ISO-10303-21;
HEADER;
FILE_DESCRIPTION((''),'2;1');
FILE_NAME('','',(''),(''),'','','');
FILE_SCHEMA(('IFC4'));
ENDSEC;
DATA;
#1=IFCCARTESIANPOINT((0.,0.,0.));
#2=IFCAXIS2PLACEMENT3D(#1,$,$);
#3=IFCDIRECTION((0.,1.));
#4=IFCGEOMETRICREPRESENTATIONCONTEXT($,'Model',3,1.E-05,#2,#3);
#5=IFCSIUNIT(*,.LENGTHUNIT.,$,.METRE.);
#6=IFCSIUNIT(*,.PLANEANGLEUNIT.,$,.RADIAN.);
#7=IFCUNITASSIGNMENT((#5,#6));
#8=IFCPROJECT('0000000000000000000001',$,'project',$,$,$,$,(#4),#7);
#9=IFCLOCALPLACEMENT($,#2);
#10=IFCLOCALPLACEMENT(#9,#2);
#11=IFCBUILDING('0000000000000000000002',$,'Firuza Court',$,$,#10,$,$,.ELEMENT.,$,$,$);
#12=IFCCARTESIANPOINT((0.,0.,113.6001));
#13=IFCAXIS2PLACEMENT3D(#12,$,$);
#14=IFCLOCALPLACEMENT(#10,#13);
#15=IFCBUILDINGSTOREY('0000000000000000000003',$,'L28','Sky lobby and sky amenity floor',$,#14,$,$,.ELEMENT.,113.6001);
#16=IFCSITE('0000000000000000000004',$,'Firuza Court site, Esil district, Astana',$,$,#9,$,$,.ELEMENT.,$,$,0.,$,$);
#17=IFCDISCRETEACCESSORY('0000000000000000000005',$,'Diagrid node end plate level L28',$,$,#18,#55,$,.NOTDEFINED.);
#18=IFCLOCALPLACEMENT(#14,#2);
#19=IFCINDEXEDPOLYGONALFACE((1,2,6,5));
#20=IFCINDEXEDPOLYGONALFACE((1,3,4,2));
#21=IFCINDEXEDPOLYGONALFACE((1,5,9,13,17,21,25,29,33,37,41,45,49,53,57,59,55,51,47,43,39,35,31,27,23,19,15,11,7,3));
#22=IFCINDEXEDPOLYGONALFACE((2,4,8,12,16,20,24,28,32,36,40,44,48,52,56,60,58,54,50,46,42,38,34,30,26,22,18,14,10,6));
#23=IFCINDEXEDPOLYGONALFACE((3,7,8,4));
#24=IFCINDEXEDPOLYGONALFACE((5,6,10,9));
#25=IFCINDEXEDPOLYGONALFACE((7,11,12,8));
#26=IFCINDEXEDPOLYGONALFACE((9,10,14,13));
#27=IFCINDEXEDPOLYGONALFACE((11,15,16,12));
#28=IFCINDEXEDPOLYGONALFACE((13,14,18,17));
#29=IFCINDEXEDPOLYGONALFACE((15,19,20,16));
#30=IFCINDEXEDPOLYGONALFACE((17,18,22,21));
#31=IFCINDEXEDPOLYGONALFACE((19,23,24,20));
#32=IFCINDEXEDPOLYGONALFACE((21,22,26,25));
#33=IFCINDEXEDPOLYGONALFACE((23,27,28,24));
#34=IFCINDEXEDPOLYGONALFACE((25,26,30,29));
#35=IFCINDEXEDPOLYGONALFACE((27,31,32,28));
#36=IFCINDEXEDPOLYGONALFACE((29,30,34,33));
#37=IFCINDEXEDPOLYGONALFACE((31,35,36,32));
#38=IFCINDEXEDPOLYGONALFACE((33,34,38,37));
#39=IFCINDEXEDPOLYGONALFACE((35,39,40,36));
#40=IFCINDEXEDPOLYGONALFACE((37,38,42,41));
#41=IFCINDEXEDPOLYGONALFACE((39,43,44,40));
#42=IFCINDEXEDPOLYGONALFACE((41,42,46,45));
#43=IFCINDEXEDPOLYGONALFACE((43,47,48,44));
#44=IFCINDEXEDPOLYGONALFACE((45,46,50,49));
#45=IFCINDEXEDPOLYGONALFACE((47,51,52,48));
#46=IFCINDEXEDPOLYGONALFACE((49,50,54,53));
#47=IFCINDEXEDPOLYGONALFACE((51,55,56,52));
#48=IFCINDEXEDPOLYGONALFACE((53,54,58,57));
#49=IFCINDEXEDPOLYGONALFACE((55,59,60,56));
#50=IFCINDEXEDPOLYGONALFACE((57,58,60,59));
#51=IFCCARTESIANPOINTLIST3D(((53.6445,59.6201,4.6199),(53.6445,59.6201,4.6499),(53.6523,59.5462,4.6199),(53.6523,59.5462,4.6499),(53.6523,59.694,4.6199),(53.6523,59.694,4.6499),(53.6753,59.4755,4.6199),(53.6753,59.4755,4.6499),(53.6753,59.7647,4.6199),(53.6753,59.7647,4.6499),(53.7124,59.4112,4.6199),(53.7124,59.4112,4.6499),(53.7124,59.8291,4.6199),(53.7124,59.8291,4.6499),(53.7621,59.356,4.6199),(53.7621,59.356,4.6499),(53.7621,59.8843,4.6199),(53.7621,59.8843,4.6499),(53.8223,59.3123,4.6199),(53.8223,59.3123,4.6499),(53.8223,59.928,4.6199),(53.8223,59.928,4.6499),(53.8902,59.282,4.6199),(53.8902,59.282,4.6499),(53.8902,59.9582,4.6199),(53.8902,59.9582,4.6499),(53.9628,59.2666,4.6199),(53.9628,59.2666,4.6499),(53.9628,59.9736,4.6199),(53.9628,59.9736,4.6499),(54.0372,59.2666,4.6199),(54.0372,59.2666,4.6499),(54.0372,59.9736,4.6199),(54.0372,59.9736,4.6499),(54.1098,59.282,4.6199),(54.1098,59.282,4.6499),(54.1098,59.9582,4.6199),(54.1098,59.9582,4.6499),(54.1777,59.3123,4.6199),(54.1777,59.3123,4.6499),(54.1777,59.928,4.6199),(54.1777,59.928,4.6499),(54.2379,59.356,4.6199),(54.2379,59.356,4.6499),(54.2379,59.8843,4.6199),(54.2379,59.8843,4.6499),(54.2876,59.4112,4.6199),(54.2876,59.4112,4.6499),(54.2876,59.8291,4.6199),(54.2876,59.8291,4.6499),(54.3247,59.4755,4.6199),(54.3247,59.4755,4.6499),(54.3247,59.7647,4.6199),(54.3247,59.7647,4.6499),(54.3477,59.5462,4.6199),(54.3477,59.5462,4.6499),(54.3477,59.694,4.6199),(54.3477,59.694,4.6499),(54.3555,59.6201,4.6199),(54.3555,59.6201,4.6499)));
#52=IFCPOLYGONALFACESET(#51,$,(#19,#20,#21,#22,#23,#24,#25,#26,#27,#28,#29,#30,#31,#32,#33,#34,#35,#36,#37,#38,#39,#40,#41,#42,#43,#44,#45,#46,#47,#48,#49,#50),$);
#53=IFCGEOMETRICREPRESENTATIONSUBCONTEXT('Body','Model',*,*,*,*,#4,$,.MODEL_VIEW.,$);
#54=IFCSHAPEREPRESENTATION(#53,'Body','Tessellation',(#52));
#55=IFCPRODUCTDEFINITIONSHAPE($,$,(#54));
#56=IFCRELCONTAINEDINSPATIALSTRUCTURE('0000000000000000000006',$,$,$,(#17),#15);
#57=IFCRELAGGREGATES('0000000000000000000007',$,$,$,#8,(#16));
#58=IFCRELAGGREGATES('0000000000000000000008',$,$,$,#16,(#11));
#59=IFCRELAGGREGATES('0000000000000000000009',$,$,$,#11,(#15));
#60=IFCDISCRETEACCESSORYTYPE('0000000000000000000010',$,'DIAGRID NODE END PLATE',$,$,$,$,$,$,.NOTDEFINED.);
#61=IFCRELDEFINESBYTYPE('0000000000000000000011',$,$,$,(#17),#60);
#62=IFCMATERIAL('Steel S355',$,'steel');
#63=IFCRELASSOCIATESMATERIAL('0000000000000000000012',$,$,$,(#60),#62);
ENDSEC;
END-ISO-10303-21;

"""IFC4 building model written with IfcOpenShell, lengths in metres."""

from ifc_helpers import new_model, si_unit, direction, frame, origin, origin_2d, place, context, subcontext, project, spatial, circle, extrude, material, material_profile, profile_set, type_object, element, save


model = new_model("IFC4")

# Units and contexts
model_context = context("Model", 3, precision=1e-05, world=origin(), true_north=direction((0.0, 1.0)))
body_context = subcontext(model_context, "Body", "Model", "MODEL_VIEW")
ifc_project = project(units=[si_unit("LENGTHUNIT", "METRE"), si_unit("PLANEANGLEUNIT", "RADIAN")], contexts=[model_context])

# Site, building, storey
site_placement = place(None, origin())
site = spatial("IfcSite", under=ifc_project, at=site_placement, Name="Firuza Court site, Esil district, Astana", CompositionType="ELEMENT", RefElevation=0.0)
building_placement = place(site_placement, origin())
building = spatial("IfcBuilding", under=site, at=building_placement, Name="Firuza Court", CompositionType="ELEMENT")
storey_placement = place(building_placement, frame((0.0, 0.0, 113.6001)))
storey = spatial("IfcBuildingStorey", under=building, at=storey_placement, Name="L28", Description="Sky lobby and sky amenity floor", CompositionType="ELEMENT", Elevation=113.6001)

# Discrete accessory
ifc_material_1 = material(Name="Steel S355", Category="steel")
ifc_material_profile_1 = material_profile(ifc_material_1, circle(Radius=0.3555, at=origin_2d()), Name="PL D711")
ifc_profile_set_1 = profile_set([ifc_material_profile_1], Name="Steel S355")
discrete_accessory_type = type_object("IfcDiscreteAccessoryType", Name="DIAGRID NODE END PLATE", PredefinedType="NOTDEFINED", material=ifc_profile_set_1)
discrete_accessory_1_placement = place(storey_placement, frame((54.0, 59.6201, 4.6199), z_axis=(0.0, 0.0, 1.0), x_axis=(1.0, 0.0, 0.0)))
element("IfcDiscreteAccessory", 1, at=discrete_accessory_1_placement, inside=storey, type_object=discrete_accessory_type, Name="Diagrid node end plate level L28", PredefinedType="NOTDEFINED", context=body_context, shape_type="SweptSolid", body=[
    extrude(circle(Radius=0.3555, at=origin_2d()), origin(), (0.0, 0.0, 1.0), 0.03),
])

save(model, "model.ifc")
